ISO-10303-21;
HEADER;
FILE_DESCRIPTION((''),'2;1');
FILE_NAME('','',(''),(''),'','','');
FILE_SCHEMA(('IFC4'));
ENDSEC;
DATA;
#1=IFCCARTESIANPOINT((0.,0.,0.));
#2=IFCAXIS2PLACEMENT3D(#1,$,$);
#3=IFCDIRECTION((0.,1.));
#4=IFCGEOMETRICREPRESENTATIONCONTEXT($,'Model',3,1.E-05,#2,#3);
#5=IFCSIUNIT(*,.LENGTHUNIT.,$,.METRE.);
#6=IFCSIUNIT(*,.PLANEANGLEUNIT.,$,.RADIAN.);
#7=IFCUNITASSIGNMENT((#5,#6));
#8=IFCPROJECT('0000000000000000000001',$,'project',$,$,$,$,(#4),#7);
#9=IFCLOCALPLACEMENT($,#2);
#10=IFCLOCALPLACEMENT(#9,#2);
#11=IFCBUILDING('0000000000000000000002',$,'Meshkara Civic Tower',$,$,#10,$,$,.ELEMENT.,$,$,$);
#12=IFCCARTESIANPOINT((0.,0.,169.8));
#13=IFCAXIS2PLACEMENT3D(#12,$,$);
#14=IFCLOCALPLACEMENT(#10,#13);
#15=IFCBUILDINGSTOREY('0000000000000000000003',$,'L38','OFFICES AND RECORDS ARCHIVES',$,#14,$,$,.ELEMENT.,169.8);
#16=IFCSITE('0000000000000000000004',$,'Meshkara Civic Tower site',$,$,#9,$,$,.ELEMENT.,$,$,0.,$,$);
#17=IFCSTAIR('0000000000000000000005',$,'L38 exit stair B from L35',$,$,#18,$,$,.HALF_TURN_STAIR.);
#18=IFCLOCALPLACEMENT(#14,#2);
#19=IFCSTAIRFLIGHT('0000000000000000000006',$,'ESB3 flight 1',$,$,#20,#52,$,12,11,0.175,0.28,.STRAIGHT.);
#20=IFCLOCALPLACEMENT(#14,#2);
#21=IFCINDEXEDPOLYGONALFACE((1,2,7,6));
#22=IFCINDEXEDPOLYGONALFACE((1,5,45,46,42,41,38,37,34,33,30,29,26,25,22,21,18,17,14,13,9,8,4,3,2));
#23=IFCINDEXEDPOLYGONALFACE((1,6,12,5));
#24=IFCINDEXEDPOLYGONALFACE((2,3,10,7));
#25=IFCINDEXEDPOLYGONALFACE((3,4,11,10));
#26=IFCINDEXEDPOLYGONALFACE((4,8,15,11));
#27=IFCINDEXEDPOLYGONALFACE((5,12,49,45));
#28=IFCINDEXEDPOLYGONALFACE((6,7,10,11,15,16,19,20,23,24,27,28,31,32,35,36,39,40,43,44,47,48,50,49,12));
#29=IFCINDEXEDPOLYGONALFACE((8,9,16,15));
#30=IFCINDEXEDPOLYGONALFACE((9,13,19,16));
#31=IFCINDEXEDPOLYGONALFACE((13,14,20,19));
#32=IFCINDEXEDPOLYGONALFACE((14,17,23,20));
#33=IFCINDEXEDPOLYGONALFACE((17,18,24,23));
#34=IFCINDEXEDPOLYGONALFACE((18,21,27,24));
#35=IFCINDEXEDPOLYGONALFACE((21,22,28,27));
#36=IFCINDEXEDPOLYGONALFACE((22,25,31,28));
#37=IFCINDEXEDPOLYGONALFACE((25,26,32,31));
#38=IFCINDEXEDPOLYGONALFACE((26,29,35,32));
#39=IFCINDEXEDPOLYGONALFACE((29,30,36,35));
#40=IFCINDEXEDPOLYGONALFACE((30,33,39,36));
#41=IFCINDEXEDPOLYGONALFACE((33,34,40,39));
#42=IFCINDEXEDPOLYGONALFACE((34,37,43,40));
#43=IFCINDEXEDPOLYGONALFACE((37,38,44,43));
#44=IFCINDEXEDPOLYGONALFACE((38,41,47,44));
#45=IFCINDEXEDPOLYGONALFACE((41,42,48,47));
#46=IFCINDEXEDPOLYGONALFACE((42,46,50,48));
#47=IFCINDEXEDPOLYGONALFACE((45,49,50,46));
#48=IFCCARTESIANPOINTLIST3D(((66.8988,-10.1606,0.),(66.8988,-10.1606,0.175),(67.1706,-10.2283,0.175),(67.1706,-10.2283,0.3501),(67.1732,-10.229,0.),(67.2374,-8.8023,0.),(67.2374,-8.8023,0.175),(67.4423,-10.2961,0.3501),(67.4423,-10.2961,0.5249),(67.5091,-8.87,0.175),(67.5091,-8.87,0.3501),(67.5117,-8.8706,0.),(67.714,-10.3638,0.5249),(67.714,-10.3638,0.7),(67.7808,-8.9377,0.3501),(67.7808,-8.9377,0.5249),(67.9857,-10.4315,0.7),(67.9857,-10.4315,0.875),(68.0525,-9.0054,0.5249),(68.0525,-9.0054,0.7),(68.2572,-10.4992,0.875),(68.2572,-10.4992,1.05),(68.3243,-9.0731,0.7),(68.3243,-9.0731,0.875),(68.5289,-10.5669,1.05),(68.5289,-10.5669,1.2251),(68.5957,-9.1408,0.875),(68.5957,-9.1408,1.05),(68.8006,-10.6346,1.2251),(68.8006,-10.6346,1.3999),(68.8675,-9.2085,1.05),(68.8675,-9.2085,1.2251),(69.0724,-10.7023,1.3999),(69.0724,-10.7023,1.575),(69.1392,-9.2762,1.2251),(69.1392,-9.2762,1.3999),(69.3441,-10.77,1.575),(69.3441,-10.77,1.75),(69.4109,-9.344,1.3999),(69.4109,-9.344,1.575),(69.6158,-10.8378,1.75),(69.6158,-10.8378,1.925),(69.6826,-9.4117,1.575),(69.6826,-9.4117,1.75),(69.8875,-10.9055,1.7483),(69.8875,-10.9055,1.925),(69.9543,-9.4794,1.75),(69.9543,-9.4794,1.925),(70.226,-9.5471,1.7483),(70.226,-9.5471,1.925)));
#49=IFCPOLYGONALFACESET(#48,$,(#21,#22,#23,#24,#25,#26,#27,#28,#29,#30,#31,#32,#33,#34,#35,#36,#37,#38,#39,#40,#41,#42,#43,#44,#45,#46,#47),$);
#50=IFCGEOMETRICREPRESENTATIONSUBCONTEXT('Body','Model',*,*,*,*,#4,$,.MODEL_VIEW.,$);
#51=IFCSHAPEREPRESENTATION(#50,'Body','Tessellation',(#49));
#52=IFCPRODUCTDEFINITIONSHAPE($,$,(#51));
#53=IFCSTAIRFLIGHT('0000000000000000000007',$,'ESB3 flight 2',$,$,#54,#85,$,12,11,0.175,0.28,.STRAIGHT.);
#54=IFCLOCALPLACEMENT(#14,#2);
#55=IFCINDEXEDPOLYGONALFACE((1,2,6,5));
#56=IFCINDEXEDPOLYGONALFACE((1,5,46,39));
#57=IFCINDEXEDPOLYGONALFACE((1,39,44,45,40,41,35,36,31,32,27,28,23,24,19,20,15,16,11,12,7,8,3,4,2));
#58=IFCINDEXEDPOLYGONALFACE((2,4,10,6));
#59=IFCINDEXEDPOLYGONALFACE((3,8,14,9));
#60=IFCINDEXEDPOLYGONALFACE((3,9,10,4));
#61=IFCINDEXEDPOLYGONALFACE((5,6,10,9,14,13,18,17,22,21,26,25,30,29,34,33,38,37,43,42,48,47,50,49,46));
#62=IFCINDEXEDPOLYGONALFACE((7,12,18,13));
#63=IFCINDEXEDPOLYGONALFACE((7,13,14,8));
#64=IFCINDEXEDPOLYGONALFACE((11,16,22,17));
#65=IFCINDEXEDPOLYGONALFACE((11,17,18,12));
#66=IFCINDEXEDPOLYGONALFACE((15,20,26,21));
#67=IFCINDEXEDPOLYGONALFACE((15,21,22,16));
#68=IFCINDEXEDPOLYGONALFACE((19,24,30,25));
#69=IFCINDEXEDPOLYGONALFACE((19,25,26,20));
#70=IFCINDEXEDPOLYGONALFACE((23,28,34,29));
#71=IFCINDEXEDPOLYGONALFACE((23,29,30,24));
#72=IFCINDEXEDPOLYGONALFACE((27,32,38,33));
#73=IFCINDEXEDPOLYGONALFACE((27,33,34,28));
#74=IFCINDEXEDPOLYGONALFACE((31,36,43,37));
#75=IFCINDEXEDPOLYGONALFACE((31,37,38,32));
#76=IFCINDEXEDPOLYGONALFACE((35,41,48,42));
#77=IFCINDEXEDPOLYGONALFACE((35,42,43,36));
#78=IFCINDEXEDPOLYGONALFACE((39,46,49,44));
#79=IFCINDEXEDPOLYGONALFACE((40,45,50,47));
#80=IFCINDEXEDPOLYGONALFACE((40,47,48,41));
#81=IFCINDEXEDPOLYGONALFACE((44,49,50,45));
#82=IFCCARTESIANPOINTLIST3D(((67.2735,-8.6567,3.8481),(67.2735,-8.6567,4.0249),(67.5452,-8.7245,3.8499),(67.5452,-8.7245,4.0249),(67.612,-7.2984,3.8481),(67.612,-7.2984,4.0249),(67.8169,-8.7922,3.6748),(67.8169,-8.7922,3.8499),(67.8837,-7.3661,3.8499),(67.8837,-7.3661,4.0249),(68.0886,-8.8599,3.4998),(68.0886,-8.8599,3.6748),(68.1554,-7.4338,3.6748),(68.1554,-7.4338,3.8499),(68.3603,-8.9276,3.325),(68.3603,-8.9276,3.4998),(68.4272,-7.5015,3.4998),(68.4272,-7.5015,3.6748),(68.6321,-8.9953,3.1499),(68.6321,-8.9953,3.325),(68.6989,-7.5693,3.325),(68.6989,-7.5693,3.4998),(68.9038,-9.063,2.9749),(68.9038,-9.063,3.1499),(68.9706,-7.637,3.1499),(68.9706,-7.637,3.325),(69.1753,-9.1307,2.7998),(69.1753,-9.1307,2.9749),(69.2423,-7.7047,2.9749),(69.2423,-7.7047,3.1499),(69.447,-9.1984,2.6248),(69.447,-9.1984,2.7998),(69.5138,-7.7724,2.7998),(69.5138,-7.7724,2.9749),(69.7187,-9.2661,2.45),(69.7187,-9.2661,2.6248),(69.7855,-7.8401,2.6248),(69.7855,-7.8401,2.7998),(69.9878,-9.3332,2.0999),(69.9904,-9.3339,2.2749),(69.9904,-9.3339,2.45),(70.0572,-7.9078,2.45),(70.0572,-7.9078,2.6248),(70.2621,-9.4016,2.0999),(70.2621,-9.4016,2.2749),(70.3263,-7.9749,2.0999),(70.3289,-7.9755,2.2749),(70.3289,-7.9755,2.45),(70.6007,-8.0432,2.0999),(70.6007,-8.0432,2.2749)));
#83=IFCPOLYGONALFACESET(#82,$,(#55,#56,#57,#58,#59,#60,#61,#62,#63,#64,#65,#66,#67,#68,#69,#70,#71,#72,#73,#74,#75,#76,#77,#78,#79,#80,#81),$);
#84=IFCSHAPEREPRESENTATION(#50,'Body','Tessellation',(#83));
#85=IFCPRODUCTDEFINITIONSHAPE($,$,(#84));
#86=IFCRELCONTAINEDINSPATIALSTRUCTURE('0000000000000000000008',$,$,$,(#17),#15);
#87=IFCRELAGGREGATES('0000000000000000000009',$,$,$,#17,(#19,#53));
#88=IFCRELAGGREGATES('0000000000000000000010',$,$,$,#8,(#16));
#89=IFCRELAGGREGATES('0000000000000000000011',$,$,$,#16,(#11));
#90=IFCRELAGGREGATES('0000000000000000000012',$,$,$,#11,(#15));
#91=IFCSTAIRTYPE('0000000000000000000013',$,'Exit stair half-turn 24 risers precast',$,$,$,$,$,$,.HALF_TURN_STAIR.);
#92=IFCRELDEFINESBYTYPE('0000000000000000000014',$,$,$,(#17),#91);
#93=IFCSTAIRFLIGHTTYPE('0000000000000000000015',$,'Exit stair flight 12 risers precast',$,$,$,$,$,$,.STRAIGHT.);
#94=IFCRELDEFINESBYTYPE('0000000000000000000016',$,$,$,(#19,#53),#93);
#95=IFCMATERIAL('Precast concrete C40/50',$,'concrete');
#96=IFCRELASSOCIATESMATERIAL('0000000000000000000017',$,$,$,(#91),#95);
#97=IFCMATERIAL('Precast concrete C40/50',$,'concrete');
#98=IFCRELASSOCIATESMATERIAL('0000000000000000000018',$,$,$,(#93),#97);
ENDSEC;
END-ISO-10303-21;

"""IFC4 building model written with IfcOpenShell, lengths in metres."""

from ifc_helpers import new_model, si_unit, direction, frame, origin, place, context, subcontext, project, spatial, polyline, outline, extrude, material, type_object, element, aggregate, save


model = new_model("IFC4")

# Units and contexts
model_context = context("Model", 3, precision=1e-05, world=origin(), true_north=direction((0.0, 1.0)))
body_context = subcontext(model_context, "Body", "Model", "MODEL_VIEW")
ifc_project = project(units=[si_unit("LENGTHUNIT", "METRE"), si_unit("PLANEANGLEUNIT", "RADIAN")], contexts=[model_context])

# Site, building, storey
site_placement = place(None, origin())
site = spatial("IfcSite", under=ifc_project, at=site_placement, Name="Meshkara Civic Tower site", CompositionType="ELEMENT", RefElevation=0.0)
building_placement = place(site_placement, origin())
building = spatial("IfcBuilding", under=site, at=building_placement, Name="Meshkara Civic Tower", CompositionType="ELEMENT")
storey_placement = place(building_placement, frame((0.0, 0.0, 169.8)))
storey = spatial("IfcBuildingStorey", under=building, at=storey_placement, Name="L38", Description="OFFICES AND RECORDS ARCHIVES", CompositionType="ELEMENT", Elevation=169.8)

# Stair, stair flights
ifc_material_1 = material(Name="Precast concrete C40/50", Category="concrete")
stair_type = type_object("IfcStairType", Name="Exit stair half-turn 24 risers precast", PredefinedType="HALF_TURN_STAIR", material=ifc_material_1)
stair_placement = place(storey_placement, origin())
stair = element("IfcStair", 1, at=stair_placement, inside=storey, type_object=stair_type, Name="L38 exit stair B from L35", PredefinedType="HALF_TURN_STAIR")
ifc_material_2 = material(Name="Precast concrete C40/50", Category="concrete")
stair_flight_type = type_object("IfcStairFlightType", Name="Exit stair flight 12 risers precast", PredefinedType="STRAIGHT", material=ifc_material_2)
stair_flight_1_placement = place(storey_placement, frame((67.0681, -9.4814, 0.0), z_axis=(0.0, 0.0, 1.0), x_axis=(0.970319, -0.24183, 0.0)))
stair_flight_1 = element("IfcStairFlight", 2, at=stair_flight_1_placement, type_object=stair_flight_type, Name="ESB3 flight 1", NumberOfRisers=12, NumberOfTreads=11, PredefinedType="STRAIGHT", RiserHeight=0.175, TreadLength=0.28, context=body_context, shape_type="SweptSolid", body=[
    extrude(outline(polyline([(0.0, 0.0), (0.0, 0.175), (0.28, 0.175), (0.28, 0.3501), (0.5601, 0.3501), (0.5601, 0.5249), (0.8401, 0.5249), (0.8401, 0.7), (1.1201, 0.7), (1.1201, 0.875), (1.3999, 0.875), (1.3999, 1.05), (1.6799, 1.05), (1.6799, 1.2251), (1.96, 1.2251), (1.96, 1.3999), (2.24, 1.3999), (2.24, 1.575), (2.52, 1.575), (2.52, 1.75), (2.8, 1.75), (2.8, 1.925), (3.0801, 1.925), (3.0801, 2.1001), (3.0801, 1.7483), (0.2827, 0.0), (0.0, 0.0)])), frame((0.0, 0.7, 0.0), z_axis=(0.0, -1.0, 0.0), x_axis=(1.0, 0.0, 0.0)), (0.0, 0.0, 1.0), 1.3999),
])
stair_flight_2_placement = place(storey_placement, frame((70.4314, -8.7224, 2.0999), z_axis=(0.0, 0.0, 1.0), x_axis=(-0.970319, 0.24183, 0.0)))
stair_flight_2 = element("IfcStairFlight", 3, at=stair_flight_2_placement, type_object=stair_flight_type, Name="ESB3 flight 2", NumberOfRisers=12, NumberOfTreads=11, PredefinedType="STRAIGHT", RiserHeight=0.175, TreadLength=0.28, context=body_context, shape_type="SweptSolid", body=[
    extrude(outline(polyline([(0.0, 0.0), (0.0, 0.175), (0.28, 0.175), (0.28, 0.3501), (0.5601, 0.3501), (0.5601, 0.5249), (0.8401, 0.5249), (0.8401, 0.7), (1.1201, 0.7), (1.1201, 0.875), (1.3999, 0.875), (1.3999, 1.05), (1.6799, 1.05), (1.6799, 1.2251), (1.96, 1.2251), (1.96, 1.3999), (2.24, 1.3999), (2.24, 1.575), (2.52, 1.575), (2.52, 1.75), (2.8, 1.75), (2.8, 1.925), (3.0801, 1.925), (3.0801, 2.1001), (3.0801, 1.7483), (0.2827, 0.0), (0.0, 0.0)])), frame((0.0, 0.7, 0.0), z_axis=(0.0, -1.0, 0.0), x_axis=(1.0, 0.0, 0.0)), (0.0, 0.0, 1.0), 1.3999),
])
aggregate(stair, [stair_flight_1, stair_flight_2])

save(model, "model.ifc")
